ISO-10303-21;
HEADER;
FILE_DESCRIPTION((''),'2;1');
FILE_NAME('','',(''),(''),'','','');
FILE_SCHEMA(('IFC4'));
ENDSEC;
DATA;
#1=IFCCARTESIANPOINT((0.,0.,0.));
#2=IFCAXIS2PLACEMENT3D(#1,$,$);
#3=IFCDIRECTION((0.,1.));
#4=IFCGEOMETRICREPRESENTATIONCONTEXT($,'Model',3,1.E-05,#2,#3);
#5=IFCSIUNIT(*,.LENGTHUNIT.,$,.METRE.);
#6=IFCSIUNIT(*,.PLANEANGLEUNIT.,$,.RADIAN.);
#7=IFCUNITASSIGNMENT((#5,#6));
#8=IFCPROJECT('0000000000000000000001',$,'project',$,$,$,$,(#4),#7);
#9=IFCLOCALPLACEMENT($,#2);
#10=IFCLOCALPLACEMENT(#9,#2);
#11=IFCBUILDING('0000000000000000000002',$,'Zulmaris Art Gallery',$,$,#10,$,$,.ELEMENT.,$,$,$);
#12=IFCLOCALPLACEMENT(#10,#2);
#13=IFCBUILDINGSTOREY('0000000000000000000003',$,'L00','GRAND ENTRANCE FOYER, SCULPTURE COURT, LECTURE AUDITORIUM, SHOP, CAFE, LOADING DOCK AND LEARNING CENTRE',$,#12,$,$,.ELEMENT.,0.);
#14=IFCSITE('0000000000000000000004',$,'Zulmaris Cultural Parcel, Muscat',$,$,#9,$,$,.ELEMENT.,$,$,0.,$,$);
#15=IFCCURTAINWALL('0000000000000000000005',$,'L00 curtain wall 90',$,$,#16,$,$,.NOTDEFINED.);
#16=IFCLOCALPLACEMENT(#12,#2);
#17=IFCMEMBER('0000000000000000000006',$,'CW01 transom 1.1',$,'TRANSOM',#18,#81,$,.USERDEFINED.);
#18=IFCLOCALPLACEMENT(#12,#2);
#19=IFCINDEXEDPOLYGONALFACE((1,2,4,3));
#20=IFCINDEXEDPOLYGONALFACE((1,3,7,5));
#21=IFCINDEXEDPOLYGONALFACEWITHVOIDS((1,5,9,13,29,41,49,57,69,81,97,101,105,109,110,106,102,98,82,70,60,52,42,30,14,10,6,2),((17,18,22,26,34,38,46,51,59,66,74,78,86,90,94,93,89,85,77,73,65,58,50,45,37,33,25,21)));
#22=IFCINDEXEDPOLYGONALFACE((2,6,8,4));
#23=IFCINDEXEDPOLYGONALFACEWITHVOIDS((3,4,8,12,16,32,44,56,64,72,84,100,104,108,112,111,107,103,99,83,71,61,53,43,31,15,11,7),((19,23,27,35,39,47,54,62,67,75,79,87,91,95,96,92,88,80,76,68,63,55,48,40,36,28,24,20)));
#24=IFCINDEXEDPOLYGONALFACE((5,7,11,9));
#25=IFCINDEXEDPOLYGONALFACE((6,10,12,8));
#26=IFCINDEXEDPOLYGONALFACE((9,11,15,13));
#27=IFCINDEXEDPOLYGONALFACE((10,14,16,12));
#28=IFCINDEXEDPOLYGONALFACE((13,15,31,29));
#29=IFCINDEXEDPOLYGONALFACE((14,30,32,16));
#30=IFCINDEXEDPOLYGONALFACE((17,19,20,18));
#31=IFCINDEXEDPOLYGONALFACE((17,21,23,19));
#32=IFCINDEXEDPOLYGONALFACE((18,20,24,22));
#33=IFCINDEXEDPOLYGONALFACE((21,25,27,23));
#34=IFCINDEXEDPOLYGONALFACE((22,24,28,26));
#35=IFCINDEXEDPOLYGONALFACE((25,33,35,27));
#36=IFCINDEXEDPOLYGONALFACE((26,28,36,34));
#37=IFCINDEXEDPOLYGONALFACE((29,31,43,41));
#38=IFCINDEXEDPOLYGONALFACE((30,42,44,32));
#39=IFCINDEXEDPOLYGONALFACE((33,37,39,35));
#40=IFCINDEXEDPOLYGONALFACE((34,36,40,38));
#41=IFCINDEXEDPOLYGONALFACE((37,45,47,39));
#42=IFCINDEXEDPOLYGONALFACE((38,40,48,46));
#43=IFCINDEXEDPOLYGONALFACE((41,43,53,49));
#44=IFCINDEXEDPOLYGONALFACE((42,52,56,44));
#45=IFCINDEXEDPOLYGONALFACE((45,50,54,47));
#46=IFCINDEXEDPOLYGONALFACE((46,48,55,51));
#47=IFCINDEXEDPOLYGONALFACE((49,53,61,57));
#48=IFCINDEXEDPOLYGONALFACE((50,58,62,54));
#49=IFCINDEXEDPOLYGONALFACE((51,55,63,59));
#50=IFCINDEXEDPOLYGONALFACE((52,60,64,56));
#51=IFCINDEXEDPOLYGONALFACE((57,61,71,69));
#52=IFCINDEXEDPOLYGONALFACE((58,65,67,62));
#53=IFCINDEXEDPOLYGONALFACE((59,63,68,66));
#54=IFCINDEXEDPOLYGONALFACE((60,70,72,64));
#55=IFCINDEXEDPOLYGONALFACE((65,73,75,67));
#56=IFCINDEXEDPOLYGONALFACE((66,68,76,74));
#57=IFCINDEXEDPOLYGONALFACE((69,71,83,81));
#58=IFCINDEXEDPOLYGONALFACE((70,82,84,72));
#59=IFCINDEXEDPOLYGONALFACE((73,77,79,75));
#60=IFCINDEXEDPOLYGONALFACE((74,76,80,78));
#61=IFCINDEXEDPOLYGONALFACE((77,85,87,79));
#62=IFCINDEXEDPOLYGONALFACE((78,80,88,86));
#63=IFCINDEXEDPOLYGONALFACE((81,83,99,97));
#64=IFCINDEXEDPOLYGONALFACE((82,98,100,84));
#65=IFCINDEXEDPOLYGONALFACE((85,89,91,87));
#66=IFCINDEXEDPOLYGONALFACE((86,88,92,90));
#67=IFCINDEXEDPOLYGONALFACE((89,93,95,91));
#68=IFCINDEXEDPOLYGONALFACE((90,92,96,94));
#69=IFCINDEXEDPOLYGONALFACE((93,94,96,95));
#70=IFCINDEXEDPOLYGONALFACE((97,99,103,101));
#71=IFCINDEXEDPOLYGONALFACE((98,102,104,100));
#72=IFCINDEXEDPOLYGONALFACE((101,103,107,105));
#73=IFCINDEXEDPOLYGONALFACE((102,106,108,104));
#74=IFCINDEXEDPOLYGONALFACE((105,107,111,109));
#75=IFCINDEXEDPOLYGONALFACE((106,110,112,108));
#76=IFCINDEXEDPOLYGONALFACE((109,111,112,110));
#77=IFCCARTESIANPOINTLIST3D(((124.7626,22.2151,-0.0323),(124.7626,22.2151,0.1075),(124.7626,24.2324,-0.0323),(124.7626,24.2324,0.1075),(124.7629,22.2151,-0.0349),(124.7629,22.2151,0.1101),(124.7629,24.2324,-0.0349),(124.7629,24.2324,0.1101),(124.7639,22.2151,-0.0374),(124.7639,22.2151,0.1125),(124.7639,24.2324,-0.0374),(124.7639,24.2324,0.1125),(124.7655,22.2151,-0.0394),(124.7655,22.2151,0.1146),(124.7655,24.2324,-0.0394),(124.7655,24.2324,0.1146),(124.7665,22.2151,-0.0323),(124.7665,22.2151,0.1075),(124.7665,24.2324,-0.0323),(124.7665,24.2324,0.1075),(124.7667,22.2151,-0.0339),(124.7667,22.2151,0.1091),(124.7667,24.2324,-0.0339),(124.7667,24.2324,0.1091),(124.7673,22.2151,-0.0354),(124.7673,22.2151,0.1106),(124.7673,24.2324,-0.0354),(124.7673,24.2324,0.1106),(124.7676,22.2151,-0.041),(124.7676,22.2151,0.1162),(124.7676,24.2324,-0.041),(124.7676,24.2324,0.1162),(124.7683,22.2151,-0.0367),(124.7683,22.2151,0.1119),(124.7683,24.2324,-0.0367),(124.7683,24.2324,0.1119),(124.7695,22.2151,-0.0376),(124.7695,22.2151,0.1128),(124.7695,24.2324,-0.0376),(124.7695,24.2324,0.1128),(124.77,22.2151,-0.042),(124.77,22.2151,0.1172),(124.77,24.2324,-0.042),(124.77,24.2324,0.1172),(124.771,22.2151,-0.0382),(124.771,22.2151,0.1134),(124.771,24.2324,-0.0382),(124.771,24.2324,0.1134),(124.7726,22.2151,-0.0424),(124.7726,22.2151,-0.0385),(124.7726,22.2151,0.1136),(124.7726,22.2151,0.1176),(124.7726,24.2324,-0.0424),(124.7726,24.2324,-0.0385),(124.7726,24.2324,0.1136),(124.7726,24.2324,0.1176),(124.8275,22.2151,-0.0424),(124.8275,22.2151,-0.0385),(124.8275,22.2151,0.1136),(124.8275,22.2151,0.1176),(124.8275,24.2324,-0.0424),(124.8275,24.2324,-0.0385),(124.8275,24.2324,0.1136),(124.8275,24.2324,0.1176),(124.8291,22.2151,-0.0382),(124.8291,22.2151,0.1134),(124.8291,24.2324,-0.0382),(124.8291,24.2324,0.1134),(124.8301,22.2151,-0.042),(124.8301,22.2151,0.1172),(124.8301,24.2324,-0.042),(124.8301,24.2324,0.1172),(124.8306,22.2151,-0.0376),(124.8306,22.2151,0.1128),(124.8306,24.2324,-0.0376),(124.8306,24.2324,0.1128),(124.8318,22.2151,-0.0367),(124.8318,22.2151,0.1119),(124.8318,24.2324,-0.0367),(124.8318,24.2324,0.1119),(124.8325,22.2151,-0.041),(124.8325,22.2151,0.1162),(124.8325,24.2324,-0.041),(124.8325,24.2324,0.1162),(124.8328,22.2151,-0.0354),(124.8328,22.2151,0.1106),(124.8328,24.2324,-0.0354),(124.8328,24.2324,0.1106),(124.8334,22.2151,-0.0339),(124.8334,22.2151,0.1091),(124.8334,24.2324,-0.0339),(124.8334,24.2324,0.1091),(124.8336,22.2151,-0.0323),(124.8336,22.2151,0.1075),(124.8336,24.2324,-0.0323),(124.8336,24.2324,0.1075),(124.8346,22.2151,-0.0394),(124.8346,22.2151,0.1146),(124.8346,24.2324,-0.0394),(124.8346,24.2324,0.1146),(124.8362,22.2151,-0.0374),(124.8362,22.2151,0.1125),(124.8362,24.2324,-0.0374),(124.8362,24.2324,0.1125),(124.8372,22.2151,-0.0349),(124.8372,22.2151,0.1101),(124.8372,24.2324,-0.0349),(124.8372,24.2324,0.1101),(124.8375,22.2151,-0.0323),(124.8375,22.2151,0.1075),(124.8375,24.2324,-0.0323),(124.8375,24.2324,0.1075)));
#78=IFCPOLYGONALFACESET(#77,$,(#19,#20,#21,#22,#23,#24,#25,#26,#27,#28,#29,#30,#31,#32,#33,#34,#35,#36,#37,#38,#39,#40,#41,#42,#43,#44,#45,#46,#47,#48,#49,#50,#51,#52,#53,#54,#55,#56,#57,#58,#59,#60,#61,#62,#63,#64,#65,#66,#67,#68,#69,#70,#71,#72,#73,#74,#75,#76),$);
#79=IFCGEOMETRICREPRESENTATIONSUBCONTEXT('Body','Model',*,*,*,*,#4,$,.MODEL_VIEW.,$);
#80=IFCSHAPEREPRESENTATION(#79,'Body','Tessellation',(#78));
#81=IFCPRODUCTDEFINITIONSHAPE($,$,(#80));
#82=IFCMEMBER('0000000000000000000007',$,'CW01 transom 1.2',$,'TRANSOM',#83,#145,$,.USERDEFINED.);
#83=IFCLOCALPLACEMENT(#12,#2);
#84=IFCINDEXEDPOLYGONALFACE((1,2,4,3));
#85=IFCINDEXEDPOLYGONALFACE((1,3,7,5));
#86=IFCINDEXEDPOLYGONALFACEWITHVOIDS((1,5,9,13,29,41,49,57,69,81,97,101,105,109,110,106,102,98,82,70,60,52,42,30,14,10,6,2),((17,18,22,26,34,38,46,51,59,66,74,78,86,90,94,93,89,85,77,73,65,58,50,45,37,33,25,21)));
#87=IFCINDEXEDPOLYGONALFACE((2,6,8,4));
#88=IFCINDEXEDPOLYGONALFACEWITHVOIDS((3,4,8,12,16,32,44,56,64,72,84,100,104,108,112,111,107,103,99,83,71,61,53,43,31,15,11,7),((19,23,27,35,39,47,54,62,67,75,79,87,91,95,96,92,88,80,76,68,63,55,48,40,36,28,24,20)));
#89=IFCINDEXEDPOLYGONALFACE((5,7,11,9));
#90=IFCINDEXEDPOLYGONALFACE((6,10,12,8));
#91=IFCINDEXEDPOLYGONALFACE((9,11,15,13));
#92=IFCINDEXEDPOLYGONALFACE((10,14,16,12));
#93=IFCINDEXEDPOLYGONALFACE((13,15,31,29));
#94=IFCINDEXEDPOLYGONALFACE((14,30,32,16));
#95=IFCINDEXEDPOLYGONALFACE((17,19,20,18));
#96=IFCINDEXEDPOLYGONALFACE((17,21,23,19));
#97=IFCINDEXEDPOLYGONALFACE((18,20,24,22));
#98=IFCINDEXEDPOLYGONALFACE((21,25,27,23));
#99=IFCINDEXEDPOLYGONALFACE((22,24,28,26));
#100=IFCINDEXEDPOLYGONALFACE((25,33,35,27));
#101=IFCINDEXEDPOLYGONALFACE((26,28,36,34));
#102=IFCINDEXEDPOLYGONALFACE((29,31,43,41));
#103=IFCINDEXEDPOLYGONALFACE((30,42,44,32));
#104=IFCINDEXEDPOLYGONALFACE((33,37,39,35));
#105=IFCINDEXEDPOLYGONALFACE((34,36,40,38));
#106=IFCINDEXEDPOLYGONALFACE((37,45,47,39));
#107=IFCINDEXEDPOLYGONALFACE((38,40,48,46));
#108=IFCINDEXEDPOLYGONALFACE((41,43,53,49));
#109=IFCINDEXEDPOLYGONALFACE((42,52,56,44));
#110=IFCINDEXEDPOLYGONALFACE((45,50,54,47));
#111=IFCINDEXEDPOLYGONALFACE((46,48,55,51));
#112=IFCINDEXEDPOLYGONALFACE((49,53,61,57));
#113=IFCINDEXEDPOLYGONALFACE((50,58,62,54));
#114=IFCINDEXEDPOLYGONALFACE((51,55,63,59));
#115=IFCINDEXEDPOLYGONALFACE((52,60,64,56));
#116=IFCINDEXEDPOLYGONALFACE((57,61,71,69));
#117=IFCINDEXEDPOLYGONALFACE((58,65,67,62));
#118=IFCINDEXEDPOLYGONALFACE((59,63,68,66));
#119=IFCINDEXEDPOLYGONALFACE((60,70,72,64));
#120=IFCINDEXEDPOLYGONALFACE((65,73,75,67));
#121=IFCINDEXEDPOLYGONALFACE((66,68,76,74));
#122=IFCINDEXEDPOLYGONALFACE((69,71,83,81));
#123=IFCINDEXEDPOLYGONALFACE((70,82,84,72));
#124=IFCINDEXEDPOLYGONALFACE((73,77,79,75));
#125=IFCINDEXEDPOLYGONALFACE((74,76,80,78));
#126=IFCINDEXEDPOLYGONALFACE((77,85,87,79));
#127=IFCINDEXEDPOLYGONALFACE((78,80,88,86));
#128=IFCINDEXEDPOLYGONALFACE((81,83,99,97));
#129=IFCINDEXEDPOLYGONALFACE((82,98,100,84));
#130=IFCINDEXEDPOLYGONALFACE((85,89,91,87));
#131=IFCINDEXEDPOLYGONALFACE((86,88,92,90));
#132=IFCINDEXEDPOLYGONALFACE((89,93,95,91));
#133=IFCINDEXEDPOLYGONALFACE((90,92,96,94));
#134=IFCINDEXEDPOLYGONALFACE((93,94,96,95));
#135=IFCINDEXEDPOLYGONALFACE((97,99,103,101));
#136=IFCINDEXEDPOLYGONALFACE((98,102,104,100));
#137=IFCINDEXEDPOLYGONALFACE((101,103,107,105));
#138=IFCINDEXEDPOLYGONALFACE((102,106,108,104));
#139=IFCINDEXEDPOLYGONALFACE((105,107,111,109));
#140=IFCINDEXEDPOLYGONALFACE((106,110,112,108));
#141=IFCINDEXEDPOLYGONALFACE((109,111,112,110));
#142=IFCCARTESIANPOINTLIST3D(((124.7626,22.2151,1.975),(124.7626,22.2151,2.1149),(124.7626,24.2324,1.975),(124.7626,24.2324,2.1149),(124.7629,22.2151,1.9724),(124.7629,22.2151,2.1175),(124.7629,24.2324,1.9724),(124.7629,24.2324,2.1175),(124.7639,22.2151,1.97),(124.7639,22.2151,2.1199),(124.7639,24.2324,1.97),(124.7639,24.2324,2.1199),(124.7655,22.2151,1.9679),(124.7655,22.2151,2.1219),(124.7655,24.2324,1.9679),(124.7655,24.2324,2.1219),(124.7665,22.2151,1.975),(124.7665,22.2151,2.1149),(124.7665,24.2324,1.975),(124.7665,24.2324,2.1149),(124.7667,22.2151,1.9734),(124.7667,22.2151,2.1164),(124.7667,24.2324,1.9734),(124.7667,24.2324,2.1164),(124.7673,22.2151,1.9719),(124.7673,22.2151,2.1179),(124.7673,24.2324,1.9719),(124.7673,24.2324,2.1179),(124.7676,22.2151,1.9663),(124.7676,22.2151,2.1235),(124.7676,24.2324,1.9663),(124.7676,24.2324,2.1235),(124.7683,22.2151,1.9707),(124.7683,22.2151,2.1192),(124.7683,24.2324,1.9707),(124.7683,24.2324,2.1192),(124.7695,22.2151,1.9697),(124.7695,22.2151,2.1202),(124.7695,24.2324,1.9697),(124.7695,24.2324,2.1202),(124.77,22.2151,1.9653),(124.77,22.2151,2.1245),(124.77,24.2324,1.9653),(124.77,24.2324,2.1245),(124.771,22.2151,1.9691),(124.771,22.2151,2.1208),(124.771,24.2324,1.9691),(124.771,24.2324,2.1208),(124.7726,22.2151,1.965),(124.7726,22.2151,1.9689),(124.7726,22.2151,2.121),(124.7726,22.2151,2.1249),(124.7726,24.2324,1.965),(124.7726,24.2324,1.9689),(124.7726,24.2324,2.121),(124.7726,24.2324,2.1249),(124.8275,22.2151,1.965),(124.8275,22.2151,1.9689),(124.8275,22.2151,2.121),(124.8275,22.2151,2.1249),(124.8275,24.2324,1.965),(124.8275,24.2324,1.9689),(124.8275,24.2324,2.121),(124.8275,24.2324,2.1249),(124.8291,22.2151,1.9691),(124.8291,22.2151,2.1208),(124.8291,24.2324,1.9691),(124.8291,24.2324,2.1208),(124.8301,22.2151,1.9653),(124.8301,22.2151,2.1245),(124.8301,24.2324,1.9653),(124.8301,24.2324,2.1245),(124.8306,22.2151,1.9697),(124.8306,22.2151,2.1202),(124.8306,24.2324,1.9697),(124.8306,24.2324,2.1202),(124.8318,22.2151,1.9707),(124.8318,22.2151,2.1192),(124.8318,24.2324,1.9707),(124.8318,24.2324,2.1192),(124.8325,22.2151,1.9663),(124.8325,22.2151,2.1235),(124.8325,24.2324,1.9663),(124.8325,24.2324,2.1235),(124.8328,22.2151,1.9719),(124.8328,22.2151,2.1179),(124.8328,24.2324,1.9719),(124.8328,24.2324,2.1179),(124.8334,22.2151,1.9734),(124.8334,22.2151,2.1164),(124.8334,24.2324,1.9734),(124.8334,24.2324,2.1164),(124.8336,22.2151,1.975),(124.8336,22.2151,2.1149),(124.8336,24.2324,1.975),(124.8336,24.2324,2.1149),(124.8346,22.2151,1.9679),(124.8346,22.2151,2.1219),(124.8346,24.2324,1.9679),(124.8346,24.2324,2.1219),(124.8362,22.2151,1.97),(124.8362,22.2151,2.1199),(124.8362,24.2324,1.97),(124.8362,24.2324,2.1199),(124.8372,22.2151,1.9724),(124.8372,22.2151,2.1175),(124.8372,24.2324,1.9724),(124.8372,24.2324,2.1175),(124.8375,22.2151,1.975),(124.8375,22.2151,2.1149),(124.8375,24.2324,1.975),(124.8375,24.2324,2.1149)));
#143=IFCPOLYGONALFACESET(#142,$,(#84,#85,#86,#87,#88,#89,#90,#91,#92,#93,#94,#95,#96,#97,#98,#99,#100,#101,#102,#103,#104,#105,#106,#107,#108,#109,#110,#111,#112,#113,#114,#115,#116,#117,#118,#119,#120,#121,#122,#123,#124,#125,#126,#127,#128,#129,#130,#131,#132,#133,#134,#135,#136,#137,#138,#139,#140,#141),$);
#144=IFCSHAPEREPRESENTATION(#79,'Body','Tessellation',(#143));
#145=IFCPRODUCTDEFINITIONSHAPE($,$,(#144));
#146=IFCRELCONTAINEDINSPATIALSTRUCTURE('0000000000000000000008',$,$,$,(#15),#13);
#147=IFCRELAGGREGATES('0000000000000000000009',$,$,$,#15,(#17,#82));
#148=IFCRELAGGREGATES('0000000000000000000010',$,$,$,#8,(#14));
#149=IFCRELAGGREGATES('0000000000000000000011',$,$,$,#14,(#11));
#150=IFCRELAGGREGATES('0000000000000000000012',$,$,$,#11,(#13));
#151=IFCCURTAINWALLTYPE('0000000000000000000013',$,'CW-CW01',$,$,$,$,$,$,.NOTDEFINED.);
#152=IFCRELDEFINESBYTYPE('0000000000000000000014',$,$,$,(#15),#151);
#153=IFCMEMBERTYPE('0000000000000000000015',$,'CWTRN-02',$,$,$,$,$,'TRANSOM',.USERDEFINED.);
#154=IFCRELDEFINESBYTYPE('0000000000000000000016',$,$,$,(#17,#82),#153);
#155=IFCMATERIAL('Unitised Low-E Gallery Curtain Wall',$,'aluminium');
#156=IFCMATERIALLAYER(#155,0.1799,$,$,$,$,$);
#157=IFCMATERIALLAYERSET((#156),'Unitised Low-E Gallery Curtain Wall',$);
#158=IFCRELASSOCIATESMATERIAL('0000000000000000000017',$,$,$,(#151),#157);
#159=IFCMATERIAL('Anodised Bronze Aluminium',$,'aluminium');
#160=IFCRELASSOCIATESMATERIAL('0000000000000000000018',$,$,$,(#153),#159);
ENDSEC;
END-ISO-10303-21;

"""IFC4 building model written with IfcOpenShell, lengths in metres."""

from ifc_helpers import new_model, si_unit, direction, frame, origin, origin_2d, place, context, subcontext, project, spatial, hollow_rectangle, extrude, material, layer, layer_set, material_profile, profile_set, type_object, element, aggregate, save


model = new_model("IFC4")

# Units and contexts
model_context = context("Model", 3, precision=1e-05, world=origin(), true_north=direction((0.0, 1.0)))
body_context = subcontext(model_context, "Body", "Model", "MODEL_VIEW")
ifc_project = project(units=[si_unit("LENGTHUNIT", "METRE"), si_unit("PLANEANGLEUNIT", "RADIAN")], contexts=[model_context])

# Site, building, storey
site_placement = place(None, origin())
site = spatial("IfcSite", under=ifc_project, at=site_placement, Name="Zulmaris Cultural Parcel, Muscat", CompositionType="ELEMENT", RefElevation=0.0)
building_placement = place(site_placement, origin())
building = spatial("IfcBuilding", under=site, at=building_placement, Name="Zulmaris Art Gallery", CompositionType="ELEMENT")
storey_placement = place(building_placement, origin())
storey = spatial("IfcBuildingStorey", under=building, at=storey_placement, Name="L00", Description="GRAND ENTRANCE FOYER, SCULPTURE COURT, LECTURE AUDITORIUM, SHOP, CAFE, LOADING DOCK AND LEARNING CENTRE", CompositionType="ELEMENT", Elevation=0.0)

# Curtain wall
ifc_material_1 = material(Name="Unitised Low-E Gallery Curtain Wall", Category="aluminium")
ifc_layer_1 = layer(ifc_material_1, 0.1799)
ifc_layer_set_1 = layer_set([ifc_layer_1], Name="Unitised Low-E Gallery Curtain Wall")
curtain_wall_type_1 = type_object("IfcCurtainWallType", Name="CW-CW01", PredefinedType="NOTDEFINED", material=ifc_layer_set_1)
curtain_wall_1_placement = place(storey_placement, origin())
curtain_wall_1 = element("IfcCurtainWall", 1, at=curtain_wall_1_placement, inside=storey, type_object=curtain_wall_type_1, Name="L00 curtain wall 90", PredefinedType="NOTDEFINED")
ifc_material_2 = material(Name="Anodised Bronze Aluminium", Category="aluminium")

# Members
ifc_material_profile_1 = material_profile(ifc_material_2, hollow_rectangle(XDim=0.075, YDim=0.1599, WallThickness=0.0039, InnerFilletRadius=0.0061, OuterFilletRadius=0.01, at=origin_2d()), Name="ALU 75x160x4")
ifc_profile_set_1 = profile_set([ifc_material_profile_1], Name="Anodised Bronze Aluminium")
member_type_1 = type_object("IfcMemberType", Name="CWTRN-02", ElementType="TRANSOM", PredefinedType="USERDEFINED", material=ifc_profile_set_1)
member_1_placement = place(storey_placement, frame((124.8, 22.2151, 0.0376), z_axis=(0.0, 1.0, 0.0), x_axis=(-1.0, 0.0, 0.0)))
member_1 = element("IfcMember", 2, at=member_1_placement, type_object=member_type_1, Name="CW01 transom 1.1", ObjectType="TRANSOM", PredefinedType="USERDEFINED", context=body_context, shape_type="SweptSolid", body=[
    extrude(hollow_rectangle(XDim=0.075, YDim=0.1599, WallThickness=0.0039, InnerFilletRadius=0.0061, OuterFilletRadius=0.01, at=origin_2d()), origin(), (0.0, 0.0, 1.0), 2.0173),
])
member_2_placement = place(storey_placement, frame((124.8, 22.2151, 2.0449), z_axis=(0.0, 1.0, 0.0), x_axis=(-1.0, 0.0, 0.0)))
member_2 = element("IfcMember", 3, at=member_2_placement, type_object=member_type_1, Name="CW01 transom 1.2", ObjectType="TRANSOM", PredefinedType="USERDEFINED", context=body_context, shape_type="SweptSolid", body=[
    extrude(hollow_rectangle(XDim=0.075, YDim=0.1599, WallThickness=0.0039, InnerFilletRadius=0.0061, OuterFilletRadius=0.01, at=origin_2d()), origin(), (0.0, 0.0, 1.0), 2.0173),
])

aggregate(curtain_wall_1, [member_1, member_2])

save(model, "model.ifc")
